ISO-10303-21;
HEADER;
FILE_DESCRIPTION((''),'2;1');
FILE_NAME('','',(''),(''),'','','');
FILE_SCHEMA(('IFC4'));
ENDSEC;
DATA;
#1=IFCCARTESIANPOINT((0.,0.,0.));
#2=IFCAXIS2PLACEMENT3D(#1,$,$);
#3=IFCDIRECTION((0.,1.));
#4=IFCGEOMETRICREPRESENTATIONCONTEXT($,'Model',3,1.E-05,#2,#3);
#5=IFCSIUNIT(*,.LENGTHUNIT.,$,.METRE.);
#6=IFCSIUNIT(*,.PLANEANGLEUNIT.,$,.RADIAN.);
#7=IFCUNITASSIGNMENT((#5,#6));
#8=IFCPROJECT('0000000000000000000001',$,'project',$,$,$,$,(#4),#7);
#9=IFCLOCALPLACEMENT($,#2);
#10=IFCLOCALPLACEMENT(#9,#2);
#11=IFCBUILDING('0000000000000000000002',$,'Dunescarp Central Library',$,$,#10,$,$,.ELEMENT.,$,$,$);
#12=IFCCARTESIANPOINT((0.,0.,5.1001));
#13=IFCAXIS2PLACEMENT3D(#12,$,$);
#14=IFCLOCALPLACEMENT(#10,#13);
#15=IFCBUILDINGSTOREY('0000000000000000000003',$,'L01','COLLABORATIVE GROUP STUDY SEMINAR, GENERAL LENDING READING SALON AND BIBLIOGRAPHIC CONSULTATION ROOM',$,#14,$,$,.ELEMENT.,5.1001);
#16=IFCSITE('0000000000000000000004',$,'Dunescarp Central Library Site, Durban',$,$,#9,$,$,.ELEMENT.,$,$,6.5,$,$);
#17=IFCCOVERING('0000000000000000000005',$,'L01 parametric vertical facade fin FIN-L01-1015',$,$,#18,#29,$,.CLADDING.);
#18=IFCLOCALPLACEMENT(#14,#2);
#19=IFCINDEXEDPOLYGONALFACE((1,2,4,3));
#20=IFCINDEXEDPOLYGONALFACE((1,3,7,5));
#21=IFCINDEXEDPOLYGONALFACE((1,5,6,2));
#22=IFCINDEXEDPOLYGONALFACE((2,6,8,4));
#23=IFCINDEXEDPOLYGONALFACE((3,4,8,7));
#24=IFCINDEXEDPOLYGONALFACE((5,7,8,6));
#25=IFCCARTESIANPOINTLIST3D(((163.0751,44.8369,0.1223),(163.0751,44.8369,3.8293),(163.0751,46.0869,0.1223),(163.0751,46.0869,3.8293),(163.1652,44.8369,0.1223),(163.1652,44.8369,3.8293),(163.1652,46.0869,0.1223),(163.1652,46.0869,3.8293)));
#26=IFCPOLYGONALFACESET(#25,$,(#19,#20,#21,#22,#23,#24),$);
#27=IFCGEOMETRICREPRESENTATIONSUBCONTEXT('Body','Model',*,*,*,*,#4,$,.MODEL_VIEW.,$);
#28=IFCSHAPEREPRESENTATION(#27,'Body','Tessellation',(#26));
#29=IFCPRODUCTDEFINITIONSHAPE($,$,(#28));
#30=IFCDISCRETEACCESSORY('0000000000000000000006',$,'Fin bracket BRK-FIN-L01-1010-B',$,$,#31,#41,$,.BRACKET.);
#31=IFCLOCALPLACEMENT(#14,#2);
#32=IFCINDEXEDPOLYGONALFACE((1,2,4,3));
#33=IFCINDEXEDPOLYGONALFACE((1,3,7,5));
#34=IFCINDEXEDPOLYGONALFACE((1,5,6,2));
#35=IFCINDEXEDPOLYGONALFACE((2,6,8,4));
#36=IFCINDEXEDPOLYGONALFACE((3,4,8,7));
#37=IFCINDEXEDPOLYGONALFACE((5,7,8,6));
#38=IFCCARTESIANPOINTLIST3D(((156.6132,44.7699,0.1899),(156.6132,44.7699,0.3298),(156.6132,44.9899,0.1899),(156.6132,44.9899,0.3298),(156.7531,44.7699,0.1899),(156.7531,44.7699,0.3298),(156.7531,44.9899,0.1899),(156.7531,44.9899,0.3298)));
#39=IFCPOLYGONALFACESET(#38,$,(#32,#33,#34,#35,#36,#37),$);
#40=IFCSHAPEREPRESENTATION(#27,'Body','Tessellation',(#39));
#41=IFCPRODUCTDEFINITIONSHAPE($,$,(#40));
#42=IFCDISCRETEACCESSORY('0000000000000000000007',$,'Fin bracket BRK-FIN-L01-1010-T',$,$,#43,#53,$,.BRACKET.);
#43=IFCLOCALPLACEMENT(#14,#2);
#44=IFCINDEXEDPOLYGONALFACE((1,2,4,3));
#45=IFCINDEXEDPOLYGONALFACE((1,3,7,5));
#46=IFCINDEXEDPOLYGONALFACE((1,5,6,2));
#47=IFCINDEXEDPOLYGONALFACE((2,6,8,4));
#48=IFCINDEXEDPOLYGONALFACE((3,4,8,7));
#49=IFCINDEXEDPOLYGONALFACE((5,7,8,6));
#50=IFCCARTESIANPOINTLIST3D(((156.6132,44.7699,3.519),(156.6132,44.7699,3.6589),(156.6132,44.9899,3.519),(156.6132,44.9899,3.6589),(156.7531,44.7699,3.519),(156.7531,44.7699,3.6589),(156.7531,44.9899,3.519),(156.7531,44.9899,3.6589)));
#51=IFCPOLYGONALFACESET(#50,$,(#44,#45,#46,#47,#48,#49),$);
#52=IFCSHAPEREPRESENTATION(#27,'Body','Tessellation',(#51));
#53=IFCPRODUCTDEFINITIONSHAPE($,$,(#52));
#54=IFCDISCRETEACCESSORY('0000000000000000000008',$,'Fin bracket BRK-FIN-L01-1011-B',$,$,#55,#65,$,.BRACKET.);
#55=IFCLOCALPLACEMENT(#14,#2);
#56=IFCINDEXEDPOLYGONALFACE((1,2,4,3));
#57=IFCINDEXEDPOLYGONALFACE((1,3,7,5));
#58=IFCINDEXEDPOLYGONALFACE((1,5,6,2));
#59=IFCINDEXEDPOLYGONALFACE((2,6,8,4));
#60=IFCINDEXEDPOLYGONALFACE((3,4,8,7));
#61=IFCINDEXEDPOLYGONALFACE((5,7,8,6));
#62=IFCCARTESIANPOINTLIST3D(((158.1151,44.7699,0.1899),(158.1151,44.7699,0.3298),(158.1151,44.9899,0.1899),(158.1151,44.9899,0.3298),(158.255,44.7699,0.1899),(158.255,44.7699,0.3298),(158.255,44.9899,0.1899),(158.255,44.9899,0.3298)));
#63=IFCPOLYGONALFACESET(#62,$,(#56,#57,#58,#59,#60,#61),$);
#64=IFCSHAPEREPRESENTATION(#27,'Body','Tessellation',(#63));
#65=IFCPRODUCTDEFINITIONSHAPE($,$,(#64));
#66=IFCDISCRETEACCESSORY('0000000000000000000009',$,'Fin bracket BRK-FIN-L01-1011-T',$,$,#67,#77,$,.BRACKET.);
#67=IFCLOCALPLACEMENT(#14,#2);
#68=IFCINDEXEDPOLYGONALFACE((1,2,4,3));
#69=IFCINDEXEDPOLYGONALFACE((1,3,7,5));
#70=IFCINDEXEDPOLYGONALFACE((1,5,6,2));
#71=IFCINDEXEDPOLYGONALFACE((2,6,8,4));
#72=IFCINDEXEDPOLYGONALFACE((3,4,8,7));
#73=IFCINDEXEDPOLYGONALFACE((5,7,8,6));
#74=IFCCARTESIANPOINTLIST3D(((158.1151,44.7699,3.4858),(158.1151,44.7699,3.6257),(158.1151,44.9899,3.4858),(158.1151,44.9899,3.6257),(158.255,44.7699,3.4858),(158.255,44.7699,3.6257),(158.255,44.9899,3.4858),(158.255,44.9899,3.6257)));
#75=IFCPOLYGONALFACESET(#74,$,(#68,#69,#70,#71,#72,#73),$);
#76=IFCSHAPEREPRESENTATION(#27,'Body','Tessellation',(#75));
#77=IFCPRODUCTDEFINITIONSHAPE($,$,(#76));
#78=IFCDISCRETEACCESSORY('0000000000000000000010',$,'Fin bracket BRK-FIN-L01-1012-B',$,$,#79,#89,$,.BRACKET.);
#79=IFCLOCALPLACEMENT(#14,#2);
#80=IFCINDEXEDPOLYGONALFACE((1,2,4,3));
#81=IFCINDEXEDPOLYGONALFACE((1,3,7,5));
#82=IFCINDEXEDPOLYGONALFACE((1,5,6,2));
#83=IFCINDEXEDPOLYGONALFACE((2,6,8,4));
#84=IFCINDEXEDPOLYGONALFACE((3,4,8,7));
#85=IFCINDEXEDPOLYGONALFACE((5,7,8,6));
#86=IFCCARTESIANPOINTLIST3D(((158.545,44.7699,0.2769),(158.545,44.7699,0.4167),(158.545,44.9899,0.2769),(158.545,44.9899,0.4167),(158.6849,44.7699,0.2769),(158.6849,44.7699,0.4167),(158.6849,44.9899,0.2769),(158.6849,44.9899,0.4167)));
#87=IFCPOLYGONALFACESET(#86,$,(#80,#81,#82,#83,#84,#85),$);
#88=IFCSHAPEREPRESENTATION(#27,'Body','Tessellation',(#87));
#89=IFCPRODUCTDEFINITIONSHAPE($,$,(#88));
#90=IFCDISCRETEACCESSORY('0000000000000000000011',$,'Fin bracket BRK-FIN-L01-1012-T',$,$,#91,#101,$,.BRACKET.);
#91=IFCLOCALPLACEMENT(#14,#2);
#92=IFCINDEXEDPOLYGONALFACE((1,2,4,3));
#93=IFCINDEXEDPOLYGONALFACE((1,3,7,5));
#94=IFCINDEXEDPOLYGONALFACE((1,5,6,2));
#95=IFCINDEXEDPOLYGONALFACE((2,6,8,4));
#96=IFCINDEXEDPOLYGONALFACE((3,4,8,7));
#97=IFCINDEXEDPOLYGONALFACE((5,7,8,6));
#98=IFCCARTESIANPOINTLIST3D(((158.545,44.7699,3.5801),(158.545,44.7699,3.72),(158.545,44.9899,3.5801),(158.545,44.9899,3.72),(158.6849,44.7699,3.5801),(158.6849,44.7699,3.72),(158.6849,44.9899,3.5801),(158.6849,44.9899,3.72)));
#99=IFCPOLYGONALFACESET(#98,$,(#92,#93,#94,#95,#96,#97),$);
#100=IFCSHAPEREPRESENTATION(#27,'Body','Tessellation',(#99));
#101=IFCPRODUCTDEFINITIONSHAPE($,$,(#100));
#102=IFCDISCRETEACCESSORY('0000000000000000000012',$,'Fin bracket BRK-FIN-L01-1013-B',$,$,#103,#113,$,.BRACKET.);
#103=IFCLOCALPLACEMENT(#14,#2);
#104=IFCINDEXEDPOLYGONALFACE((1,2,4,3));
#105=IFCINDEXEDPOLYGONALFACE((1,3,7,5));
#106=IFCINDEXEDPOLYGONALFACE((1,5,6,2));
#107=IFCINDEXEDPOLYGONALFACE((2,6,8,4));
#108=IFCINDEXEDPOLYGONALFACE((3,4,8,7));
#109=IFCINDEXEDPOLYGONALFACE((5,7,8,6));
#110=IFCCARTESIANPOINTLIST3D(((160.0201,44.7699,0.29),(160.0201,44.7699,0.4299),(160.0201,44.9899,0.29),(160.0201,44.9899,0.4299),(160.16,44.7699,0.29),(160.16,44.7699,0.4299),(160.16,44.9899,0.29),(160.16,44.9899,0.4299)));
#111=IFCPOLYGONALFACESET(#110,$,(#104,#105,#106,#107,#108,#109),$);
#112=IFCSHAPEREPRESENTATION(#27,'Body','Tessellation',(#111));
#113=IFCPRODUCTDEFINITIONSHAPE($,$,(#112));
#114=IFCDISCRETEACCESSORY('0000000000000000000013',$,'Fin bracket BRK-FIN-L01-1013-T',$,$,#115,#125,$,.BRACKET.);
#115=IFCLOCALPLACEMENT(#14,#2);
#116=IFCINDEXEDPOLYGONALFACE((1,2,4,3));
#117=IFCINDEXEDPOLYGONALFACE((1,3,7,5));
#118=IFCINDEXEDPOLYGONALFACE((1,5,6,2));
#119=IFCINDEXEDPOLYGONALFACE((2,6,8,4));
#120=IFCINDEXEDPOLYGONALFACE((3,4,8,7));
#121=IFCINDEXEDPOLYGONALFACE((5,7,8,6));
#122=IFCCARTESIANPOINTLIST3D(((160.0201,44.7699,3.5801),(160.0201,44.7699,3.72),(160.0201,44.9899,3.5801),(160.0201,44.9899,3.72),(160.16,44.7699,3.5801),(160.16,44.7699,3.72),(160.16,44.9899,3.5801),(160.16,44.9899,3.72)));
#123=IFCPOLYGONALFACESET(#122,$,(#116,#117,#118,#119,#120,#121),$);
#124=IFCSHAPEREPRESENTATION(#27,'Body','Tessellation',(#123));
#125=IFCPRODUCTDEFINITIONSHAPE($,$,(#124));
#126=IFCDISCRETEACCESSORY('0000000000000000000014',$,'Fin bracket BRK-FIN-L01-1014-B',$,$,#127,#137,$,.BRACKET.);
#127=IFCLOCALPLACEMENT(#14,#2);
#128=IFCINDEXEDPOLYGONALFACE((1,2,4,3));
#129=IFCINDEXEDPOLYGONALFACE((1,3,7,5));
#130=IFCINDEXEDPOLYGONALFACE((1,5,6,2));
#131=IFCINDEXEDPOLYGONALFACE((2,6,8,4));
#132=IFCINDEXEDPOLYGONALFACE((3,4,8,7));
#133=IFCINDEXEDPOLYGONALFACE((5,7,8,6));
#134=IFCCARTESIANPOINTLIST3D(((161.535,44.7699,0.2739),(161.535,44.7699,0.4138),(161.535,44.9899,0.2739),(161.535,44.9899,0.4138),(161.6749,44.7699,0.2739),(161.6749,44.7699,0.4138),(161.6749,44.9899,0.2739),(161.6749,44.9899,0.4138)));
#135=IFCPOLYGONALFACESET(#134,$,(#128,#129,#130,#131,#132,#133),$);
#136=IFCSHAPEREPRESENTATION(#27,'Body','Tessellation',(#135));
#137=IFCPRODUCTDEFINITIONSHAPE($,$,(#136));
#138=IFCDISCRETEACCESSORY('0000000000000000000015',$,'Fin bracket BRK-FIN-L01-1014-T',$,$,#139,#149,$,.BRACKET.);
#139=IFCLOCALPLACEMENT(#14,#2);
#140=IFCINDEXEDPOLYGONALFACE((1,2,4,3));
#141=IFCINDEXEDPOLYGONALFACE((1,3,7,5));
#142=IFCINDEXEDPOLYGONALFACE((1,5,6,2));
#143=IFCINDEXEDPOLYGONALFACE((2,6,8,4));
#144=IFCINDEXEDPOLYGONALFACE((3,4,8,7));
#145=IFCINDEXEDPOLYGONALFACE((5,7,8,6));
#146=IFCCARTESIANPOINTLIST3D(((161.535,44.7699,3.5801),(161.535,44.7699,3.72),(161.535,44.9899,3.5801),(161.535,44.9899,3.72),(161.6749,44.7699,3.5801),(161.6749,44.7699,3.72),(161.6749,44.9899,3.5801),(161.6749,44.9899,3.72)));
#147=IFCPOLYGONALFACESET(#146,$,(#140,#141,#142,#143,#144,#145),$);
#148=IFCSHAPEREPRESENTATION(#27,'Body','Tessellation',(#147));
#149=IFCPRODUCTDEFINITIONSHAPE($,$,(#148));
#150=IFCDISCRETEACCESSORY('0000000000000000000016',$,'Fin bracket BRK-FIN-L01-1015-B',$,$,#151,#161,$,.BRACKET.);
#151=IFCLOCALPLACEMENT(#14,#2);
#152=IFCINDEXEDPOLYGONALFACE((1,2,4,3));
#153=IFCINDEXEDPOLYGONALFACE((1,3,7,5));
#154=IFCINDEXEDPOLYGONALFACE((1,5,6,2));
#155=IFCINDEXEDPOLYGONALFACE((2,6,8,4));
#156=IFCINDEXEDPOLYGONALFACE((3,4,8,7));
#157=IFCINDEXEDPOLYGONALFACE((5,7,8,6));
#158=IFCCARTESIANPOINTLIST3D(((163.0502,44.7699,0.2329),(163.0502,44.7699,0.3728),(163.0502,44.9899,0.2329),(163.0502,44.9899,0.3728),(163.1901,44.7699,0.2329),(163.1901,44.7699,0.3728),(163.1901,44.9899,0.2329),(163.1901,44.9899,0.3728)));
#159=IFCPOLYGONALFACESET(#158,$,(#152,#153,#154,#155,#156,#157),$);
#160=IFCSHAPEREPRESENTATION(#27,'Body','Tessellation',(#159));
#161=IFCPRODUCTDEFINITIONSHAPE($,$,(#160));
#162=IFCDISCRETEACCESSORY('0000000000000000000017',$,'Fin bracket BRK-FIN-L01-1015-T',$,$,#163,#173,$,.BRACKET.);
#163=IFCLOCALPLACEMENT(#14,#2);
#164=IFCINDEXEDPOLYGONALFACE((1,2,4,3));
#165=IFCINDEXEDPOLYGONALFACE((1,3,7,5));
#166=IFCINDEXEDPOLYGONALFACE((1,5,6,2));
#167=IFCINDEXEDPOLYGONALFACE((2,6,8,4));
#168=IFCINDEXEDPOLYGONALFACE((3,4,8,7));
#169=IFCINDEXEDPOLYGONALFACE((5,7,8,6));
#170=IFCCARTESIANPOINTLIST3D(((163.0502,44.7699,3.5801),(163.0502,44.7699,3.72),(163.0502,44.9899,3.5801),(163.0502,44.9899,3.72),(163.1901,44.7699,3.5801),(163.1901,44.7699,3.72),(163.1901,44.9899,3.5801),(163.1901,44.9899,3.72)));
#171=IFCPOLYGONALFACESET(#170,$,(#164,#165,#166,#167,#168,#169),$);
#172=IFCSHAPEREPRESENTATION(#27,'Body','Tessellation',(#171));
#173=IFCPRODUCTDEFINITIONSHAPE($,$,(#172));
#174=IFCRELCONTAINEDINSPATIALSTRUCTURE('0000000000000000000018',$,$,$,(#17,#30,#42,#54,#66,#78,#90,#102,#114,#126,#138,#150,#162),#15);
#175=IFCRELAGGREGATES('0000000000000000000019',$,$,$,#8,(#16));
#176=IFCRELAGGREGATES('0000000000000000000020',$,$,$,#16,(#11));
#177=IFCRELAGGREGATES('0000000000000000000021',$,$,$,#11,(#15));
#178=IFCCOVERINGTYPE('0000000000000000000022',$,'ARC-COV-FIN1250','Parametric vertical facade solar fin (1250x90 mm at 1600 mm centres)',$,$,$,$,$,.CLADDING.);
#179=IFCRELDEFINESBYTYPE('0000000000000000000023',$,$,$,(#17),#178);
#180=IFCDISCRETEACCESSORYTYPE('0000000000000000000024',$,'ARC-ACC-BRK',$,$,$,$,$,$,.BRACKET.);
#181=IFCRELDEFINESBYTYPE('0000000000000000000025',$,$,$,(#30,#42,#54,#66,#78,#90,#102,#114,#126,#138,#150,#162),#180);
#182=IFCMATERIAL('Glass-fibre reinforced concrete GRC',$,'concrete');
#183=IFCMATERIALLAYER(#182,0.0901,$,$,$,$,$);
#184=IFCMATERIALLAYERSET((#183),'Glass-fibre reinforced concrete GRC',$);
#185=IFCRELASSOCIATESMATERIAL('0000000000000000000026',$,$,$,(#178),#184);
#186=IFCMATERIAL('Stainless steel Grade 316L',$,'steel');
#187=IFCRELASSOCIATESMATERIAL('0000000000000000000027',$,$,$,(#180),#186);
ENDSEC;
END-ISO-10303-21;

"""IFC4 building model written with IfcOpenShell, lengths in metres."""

from ifc_helpers import new_model, si_unit, direction, frame, origin, origin_2d, place, context, subcontext, project, spatial, rectangle, extrude, material, layer, layer_set, type_object, element, save


model = new_model("IFC4")

# Units and contexts
model_context = context("Model", 3, precision=1e-05, world=origin(), true_north=direction((0.0, 1.0)))
body_context = subcontext(model_context, "Body", "Model", "MODEL_VIEW")
ifc_project = project(units=[si_unit("LENGTHUNIT", "METRE"), si_unit("PLANEANGLEUNIT", "RADIAN")], contexts=[model_context])

# Site, building, storey
site_placement = place(None, origin())
site = spatial("IfcSite", under=ifc_project, at=site_placement, Name="Dunescarp Central Library Site, Durban", CompositionType="ELEMENT", RefElevation=6.5)
building_placement = place(site_placement, origin())
building = spatial("IfcBuilding", under=site, at=building_placement, Name="Dunescarp Central Library", CompositionType="ELEMENT")
storey_placement = place(building_placement, frame((0.0, 0.0, 5.1001)))
storey = spatial("IfcBuildingStorey", under=building, at=storey_placement, Name="L01", Description="COLLABORATIVE GROUP STUDY SEMINAR, GENERAL LENDING READING SALON AND BIBLIOGRAPHIC CONSULTATION ROOM", CompositionType="ELEMENT", Elevation=5.1001)

# Covering
ifc_material_1 = material(Name="Glass-fibre reinforced concrete GRC", Category="concrete")
ifc_layer_1 = layer(ifc_material_1, 0.0901)
ifc_layer_set_1 = layer_set([ifc_layer_1], Name="Glass-fibre reinforced concrete GRC")
covering_type = type_object("IfcCoveringType", Name="ARC-COV-FIN1250", Description="Parametric vertical facade solar fin (1250x90 mm at 1600 mm centres)", PredefinedType="CLADDING", material=ifc_layer_set_1)
covering_1_placement = place(storey_placement, frame((163.1201, 45.4619, 0.1223), z_axis=(0.0, 0.0, 1.0), x_axis=(0.0, 1.0, 0.0)))
element("IfcCovering", 1, at=covering_1_placement, inside=storey, type_object=covering_type, Name="L01 parametric vertical facade fin FIN-L01-1015", PredefinedType="CLADDING", context=body_context, shape_type="SweptSolid", body=[
    extrude(rectangle(XDim=1.25, YDim=0.0901, at=origin_2d()), origin(), (0.0, 0.0, 1.0), 3.707),
])

# Discrete accessories
ifc_material_2 = material(Name="Stainless steel Grade 316L", Category="steel")
discrete_accessory_type = type_object("IfcDiscreteAccessoryType", Name="ARC-ACC-BRK", PredefinedType="BRACKET", material=ifc_material_2)
for number, where, z_axis, x_axis, name in (
    (2, (156.6831, 44.8799, 0.1899), (0.0, 0.0, 1.0), (0.0, 1.0, 0.0), "Fin bracket BRK-FIN-L01-1010-B"),
    (3, (156.6831, 44.8799, 3.519), (0.0, 0.0, 1.0), (0.0, 1.0, 0.0), "Fin bracket BRK-FIN-L01-1010-T"),
    (4, (158.1851, 44.8799, 0.1899), (0.0, 0.0, 1.0), (0.0, 1.0, 0.0), "Fin bracket BRK-FIN-L01-1011-B"),
    (5, (158.1851, 44.8799, 3.4858), (0.0, 0.0, 1.0), (0.0, 1.0, 0.0), "Fin bracket BRK-FIN-L01-1011-T"),
    (6, (158.615, 44.8799, 0.2769), (0.0, 0.0, 1.0), (0.0, 1.0, 0.0), "Fin bracket BRK-FIN-L01-1012-B"),
    (7, (158.615, 44.8799, 3.5801), (0.0, 0.0, 1.0), (0.0, 1.0, 0.0), "Fin bracket BRK-FIN-L01-1012-T"),
    (8, (160.0901, 44.8799, 0.29), (0.0, 0.0, 1.0), (0.0, 1.0, 0.0), "Fin bracket BRK-FIN-L01-1013-B"),
    (9, (160.0901, 44.8799, 3.5801), (0.0, 0.0, 1.0), (0.0, 1.0, 0.0), "Fin bracket BRK-FIN-L01-1013-T"),
    (10, (161.605, 44.8799, 0.2739), (0.0, 0.0, 1.0), (0.0, 1.0, 0.0), "Fin bracket BRK-FIN-L01-1014-B"),
    (11, (161.605, 44.8799, 3.5801), (0.0, 0.0, 1.0), (0.0, 1.0, 0.0), "Fin bracket BRK-FIN-L01-1014-T"),
    (12, (163.1201, 44.8799, 0.2329), (0.0, 0.0, 1.0), (0.0, 1.0, 0.0), "Fin bracket BRK-FIN-L01-1015-B"),
    (13, (163.1201, 44.8799, 3.5801), (0.0, 0.0, 1.0), (0.0, 1.0, 0.0), "Fin bracket BRK-FIN-L01-1015-T"),
):
    element("IfcDiscreteAccessory", number, at=place(storey_placement, frame(where, z_axis=z_axis, x_axis=x_axis)), inside=storey, type_object=discrete_accessory_type, Name=name, PredefinedType="BRACKET", context=body_context, shape_type="SweptSolid", body=[
        extrude(rectangle(XDim=0.22, YDim=0.1399, at=origin_2d()), origin(), (0.0, 0.0, 1.0), 0.1399),
    ])

save(model, "model.ifc")
